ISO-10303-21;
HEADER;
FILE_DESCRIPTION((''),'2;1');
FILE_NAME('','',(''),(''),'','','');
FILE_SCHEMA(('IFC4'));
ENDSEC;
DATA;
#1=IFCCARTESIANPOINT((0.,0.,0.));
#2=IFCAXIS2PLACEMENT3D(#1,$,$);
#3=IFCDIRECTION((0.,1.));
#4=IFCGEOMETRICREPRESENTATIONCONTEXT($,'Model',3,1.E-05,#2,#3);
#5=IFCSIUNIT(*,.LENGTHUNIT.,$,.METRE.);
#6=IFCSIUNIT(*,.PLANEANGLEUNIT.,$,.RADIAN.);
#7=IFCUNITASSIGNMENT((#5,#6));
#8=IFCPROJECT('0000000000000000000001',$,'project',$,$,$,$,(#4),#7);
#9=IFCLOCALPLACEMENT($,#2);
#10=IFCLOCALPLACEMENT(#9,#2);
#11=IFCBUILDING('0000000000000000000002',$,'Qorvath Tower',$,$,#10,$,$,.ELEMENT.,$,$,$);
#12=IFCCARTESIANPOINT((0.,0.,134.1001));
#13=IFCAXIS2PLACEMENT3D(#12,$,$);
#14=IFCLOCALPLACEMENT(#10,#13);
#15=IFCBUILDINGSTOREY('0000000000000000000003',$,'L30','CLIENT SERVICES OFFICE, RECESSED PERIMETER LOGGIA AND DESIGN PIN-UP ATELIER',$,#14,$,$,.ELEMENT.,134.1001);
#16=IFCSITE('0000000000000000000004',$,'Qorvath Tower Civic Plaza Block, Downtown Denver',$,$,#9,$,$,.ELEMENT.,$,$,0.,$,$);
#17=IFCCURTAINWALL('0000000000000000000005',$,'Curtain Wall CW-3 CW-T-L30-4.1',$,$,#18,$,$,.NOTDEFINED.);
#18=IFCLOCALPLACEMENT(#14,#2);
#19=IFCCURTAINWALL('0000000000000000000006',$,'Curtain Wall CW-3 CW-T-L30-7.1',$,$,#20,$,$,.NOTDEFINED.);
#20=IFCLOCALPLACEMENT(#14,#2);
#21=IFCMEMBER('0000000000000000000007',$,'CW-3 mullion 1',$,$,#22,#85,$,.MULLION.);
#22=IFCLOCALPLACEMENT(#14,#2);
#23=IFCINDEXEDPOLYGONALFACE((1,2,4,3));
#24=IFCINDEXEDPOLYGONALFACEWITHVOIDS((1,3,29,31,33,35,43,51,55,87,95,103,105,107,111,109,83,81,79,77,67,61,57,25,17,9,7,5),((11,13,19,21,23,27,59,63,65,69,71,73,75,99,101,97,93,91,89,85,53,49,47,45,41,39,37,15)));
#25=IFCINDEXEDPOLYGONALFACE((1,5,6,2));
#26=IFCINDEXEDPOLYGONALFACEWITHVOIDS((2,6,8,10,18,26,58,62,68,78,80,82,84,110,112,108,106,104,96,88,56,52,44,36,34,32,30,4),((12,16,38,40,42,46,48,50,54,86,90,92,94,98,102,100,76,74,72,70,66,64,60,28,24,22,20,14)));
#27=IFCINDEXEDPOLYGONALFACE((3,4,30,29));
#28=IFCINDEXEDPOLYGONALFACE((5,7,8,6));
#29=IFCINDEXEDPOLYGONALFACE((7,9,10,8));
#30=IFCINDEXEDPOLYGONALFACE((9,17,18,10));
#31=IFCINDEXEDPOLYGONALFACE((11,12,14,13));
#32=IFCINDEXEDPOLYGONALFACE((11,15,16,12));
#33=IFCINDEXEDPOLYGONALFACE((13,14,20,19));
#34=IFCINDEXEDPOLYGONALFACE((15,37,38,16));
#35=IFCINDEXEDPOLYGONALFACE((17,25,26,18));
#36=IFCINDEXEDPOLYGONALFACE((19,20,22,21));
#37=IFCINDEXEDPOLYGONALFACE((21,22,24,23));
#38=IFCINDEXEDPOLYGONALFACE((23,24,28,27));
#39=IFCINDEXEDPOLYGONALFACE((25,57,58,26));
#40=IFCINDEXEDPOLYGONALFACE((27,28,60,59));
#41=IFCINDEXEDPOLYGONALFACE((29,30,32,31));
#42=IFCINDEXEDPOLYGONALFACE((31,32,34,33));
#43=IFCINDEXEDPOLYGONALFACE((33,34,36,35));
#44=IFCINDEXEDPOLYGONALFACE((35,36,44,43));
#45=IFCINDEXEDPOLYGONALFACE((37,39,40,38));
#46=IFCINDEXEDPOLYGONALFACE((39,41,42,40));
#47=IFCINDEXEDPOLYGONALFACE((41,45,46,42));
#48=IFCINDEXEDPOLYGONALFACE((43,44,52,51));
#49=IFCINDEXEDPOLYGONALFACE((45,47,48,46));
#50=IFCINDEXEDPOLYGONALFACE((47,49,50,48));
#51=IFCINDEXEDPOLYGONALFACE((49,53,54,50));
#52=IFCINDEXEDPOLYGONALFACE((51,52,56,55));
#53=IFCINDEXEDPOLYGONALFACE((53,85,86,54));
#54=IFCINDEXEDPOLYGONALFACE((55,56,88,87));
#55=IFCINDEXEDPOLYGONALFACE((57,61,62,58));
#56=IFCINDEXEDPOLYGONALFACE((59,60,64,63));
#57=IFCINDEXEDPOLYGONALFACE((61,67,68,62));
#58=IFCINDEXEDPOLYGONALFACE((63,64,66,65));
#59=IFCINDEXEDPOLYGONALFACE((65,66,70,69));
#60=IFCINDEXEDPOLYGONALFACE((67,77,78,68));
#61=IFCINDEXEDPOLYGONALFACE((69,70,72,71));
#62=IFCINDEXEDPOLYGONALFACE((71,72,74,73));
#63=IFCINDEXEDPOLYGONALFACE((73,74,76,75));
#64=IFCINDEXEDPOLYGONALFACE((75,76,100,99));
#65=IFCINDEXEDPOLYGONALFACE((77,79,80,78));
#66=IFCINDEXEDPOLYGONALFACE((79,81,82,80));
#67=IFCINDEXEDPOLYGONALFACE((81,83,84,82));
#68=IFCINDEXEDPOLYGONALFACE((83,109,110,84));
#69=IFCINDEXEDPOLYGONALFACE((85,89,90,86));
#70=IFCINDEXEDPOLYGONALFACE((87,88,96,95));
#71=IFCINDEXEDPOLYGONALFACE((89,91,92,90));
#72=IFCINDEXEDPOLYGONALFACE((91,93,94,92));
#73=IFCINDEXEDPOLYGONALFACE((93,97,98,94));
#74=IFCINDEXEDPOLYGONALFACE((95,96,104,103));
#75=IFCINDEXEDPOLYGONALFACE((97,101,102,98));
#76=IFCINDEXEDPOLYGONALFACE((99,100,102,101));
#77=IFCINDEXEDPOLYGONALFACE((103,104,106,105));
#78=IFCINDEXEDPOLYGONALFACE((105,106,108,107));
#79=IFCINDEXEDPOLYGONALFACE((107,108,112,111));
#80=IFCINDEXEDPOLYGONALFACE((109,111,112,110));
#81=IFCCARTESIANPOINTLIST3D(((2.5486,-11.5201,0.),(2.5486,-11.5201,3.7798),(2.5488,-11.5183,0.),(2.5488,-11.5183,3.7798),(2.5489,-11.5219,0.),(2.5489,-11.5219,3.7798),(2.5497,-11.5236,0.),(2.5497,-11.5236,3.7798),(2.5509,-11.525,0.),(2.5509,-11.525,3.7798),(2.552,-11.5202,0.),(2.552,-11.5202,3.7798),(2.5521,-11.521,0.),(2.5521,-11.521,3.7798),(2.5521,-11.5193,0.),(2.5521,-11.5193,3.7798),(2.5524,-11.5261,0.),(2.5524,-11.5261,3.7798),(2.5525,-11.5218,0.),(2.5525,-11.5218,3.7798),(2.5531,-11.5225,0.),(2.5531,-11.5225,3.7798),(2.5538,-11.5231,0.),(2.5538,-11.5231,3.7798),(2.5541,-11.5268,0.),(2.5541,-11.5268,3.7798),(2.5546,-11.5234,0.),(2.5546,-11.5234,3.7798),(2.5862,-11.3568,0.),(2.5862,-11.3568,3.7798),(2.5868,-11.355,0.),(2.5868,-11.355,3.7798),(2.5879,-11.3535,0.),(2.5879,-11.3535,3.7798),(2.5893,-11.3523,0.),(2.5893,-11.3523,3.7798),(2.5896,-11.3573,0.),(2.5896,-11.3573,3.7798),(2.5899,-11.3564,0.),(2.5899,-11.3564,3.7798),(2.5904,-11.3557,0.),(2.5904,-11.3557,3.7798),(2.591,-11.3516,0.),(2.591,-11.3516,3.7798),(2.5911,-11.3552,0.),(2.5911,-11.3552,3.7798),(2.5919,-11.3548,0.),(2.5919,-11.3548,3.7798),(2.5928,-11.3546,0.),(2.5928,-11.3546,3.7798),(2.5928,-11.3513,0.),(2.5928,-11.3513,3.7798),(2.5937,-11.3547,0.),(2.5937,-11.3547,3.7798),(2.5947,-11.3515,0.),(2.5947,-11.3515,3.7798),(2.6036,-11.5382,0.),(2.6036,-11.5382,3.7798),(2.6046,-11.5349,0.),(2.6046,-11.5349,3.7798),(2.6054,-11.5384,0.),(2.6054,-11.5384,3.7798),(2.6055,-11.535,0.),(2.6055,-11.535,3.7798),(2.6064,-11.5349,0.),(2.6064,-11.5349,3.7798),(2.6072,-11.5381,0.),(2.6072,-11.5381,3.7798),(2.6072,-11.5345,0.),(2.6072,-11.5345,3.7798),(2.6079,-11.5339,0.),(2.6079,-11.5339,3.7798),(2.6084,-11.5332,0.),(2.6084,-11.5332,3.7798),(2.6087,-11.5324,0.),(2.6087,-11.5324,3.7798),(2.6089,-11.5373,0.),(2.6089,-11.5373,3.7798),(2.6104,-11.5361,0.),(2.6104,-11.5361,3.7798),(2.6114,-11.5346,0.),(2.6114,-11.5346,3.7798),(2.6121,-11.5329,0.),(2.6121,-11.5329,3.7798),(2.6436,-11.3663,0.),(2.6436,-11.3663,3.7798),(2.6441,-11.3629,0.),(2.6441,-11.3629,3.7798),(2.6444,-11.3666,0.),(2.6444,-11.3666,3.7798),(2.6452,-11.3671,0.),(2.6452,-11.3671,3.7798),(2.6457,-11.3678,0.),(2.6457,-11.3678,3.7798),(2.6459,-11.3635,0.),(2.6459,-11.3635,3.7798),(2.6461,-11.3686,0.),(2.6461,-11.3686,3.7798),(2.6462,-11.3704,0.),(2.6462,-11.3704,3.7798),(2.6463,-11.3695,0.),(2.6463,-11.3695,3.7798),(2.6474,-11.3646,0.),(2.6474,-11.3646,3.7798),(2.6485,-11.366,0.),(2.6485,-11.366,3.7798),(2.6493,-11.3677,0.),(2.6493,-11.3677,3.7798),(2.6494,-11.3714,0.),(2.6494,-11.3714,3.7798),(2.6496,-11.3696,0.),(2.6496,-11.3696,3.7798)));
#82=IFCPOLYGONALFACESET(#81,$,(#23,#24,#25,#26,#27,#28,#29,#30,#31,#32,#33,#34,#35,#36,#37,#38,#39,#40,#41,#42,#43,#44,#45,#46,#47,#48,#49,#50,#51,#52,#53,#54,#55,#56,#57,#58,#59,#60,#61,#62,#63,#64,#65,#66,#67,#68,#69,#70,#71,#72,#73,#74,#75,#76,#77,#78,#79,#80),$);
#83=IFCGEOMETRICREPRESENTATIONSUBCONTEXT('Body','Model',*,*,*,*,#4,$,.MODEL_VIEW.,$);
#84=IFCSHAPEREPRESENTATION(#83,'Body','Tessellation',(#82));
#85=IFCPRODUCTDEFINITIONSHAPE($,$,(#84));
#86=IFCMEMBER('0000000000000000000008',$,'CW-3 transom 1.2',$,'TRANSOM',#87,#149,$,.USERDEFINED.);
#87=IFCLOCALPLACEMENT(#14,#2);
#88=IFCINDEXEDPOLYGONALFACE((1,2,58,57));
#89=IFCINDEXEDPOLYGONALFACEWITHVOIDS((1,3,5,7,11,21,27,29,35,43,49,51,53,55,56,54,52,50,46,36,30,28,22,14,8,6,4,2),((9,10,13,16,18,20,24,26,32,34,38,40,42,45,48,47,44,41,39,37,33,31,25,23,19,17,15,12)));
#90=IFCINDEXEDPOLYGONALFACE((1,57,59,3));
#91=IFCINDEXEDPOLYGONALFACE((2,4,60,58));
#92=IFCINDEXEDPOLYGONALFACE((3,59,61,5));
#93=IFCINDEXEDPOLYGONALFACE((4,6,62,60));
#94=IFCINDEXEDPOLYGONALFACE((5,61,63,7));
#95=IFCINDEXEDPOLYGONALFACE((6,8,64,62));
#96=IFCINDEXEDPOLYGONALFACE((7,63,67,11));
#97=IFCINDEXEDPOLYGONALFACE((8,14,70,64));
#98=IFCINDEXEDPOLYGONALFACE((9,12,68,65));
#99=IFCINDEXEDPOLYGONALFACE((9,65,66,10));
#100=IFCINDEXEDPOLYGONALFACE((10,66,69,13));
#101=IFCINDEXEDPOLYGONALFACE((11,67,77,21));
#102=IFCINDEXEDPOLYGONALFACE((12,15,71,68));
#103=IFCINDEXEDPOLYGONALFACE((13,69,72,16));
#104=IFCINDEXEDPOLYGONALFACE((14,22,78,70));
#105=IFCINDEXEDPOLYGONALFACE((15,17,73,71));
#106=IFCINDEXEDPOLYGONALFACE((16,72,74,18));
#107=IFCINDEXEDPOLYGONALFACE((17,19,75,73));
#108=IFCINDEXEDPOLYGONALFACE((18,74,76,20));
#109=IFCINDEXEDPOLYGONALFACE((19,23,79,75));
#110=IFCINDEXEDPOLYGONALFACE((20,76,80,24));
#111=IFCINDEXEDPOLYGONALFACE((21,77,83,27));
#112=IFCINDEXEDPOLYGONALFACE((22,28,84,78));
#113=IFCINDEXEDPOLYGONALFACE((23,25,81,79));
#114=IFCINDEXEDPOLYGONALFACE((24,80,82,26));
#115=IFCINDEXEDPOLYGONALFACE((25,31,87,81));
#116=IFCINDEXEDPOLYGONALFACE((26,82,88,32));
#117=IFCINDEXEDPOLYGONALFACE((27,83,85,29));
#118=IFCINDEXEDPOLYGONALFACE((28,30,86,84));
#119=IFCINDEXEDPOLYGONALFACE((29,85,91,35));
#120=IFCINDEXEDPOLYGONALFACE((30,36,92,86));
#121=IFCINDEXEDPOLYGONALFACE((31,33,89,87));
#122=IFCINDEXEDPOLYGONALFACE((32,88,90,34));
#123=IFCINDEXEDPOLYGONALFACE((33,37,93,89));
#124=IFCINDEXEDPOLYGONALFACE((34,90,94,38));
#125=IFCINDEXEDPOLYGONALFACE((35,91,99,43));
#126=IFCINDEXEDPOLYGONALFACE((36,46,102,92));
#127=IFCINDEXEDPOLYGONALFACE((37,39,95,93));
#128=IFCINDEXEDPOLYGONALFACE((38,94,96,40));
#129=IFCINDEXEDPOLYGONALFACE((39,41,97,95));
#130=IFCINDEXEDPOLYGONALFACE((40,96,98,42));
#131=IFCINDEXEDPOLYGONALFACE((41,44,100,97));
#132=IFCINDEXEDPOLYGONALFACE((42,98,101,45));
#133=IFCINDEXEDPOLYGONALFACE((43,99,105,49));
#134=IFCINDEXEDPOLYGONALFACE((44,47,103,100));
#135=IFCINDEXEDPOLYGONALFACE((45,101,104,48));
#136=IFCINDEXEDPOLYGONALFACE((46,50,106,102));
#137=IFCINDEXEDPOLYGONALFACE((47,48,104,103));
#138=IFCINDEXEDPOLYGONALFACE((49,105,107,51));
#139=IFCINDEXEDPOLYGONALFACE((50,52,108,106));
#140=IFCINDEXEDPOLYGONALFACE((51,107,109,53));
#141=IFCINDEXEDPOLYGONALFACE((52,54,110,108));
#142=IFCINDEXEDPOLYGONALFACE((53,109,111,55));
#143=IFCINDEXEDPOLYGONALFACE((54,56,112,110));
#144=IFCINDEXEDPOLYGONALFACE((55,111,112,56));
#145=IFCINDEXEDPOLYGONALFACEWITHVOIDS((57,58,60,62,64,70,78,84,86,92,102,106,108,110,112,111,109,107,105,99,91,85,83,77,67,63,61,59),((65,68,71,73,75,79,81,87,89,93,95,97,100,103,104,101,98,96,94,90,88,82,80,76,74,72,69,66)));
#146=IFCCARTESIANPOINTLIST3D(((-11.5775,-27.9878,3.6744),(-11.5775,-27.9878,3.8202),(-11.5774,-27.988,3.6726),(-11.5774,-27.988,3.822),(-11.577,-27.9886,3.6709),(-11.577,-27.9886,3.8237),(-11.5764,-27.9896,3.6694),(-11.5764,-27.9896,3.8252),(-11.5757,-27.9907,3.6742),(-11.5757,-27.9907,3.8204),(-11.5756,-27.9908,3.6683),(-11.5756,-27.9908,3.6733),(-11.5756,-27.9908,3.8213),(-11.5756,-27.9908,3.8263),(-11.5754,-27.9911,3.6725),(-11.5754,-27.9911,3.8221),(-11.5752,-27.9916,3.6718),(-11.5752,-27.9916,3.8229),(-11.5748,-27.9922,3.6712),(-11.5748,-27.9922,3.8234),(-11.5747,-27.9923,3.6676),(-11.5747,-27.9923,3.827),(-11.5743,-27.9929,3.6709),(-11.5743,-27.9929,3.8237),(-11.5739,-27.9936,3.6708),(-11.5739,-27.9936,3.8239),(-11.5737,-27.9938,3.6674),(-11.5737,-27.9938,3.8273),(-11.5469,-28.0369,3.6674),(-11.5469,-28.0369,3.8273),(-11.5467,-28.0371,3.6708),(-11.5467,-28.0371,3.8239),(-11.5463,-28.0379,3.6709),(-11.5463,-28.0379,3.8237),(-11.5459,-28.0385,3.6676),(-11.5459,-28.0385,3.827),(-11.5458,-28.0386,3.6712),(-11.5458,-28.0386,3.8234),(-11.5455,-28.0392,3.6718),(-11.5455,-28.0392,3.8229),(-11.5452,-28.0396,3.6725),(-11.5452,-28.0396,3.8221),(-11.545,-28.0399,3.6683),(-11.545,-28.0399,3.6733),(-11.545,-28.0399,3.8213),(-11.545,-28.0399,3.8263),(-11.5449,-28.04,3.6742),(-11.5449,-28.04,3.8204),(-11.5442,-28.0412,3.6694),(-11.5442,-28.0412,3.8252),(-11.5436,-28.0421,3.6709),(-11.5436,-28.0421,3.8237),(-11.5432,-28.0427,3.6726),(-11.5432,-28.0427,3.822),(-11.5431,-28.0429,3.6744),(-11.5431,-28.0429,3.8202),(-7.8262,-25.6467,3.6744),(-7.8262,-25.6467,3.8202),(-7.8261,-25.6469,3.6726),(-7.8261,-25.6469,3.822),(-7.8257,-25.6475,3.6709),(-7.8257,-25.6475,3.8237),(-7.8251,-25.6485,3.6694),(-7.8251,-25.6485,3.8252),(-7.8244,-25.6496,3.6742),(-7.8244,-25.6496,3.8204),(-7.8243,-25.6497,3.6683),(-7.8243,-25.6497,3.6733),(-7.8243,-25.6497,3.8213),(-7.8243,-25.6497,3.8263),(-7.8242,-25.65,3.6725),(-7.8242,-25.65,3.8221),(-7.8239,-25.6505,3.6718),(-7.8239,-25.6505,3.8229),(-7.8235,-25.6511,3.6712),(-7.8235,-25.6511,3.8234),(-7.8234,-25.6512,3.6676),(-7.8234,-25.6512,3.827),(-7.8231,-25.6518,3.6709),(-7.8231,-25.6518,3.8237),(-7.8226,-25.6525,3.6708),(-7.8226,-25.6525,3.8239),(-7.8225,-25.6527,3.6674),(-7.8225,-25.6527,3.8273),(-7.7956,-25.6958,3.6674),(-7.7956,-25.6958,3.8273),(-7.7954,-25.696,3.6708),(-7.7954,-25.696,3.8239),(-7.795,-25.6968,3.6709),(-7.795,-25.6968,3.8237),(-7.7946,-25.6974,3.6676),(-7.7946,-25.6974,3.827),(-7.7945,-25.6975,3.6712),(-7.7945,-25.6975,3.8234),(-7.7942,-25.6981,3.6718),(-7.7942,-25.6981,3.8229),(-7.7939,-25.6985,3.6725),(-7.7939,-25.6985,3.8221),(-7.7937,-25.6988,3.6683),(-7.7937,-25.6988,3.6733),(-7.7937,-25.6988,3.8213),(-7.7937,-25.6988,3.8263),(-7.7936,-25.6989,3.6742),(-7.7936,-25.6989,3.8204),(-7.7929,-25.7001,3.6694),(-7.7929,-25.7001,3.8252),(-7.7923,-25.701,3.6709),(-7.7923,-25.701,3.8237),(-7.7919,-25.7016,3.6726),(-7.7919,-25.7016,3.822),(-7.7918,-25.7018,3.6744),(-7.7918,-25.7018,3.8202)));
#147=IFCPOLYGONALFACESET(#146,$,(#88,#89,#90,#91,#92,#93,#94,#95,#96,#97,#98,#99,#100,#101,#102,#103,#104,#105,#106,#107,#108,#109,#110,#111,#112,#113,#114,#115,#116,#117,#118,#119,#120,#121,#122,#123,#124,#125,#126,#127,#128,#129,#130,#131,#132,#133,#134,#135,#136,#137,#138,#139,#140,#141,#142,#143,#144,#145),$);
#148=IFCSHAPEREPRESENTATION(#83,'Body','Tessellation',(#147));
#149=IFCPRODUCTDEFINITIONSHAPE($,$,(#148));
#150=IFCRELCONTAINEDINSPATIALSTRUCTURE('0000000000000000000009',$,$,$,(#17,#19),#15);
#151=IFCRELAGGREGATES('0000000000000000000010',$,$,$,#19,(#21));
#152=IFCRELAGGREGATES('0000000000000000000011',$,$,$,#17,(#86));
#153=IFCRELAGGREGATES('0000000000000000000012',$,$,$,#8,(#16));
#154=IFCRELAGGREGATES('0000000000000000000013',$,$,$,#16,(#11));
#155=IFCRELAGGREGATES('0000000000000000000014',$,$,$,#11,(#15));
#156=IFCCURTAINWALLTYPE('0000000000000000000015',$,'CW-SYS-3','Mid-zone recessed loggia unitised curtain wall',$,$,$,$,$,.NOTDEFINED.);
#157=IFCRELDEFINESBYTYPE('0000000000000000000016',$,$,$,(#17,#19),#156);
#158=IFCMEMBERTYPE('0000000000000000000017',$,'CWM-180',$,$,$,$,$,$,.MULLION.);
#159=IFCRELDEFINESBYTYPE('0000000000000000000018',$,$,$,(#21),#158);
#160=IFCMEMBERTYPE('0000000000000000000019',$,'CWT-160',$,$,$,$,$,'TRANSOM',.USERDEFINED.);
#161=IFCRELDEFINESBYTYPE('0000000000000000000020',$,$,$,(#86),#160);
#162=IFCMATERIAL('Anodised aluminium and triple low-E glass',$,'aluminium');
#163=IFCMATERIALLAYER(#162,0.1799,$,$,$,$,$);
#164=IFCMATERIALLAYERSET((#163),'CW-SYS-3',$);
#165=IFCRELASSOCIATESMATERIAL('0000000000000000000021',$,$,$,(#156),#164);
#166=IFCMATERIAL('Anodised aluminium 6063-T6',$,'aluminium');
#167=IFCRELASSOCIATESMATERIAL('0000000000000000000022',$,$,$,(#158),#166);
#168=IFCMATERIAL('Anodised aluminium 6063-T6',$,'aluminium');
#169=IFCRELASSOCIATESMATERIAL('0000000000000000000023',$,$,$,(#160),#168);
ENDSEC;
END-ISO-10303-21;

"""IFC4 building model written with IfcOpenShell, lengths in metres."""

from ifc_helpers import new_model, si_unit, direction, frame, origin, origin_2d, place, context, subcontext, project, spatial, hollow_rectangle, extrude, material, layer, layer_set, material_profile, profile_set, type_object, element, aggregate, save


model = new_model("IFC4")

# Units and contexts
model_context = context("Model", 3, precision=1e-05, world=origin(), true_north=direction((0.0, 1.0)))
body_context = subcontext(model_context, "Body", "Model", "MODEL_VIEW")
ifc_project = project(units=[si_unit("LENGTHUNIT", "METRE"), si_unit("PLANEANGLEUNIT", "RADIAN")], contexts=[model_context])

# Site, building, storey
site_placement = place(None, origin())
site = spatial("IfcSite", under=ifc_project, at=site_placement, Name="Qorvath Tower Civic Plaza Block, Downtown Denver", CompositionType="ELEMENT", RefElevation=0.0)
building_placement = place(site_placement, origin())
building = spatial("IfcBuilding", under=site, at=building_placement, Name="Qorvath Tower", CompositionType="ELEMENT")
storey_placement = place(building_placement, frame((0.0, 0.0, 134.1001)))
storey = spatial("IfcBuildingStorey", under=building, at=storey_placement, Name="L30", Description="CLIENT SERVICES OFFICE, RECESSED PERIMETER LOGGIA AND DESIGN PIN-UP ATELIER", CompositionType="ELEMENT", Elevation=134.1001)

# Curtain wall
ifc_material_1 = material(Name="Anodised aluminium and triple low-E glass", Category="aluminium")
ifc_layer_1 = layer(ifc_material_1, 0.1799)
ifc_layer_set_1 = layer_set([ifc_layer_1], Name="CW-SYS-3")
curtain_wall_type = type_object("IfcCurtainWallType", Name="CW-SYS-3", Description="Mid-zone recessed loggia unitised curtain wall", PredefinedType="NOTDEFINED", material=ifc_layer_set_1)
curtain_wall_1_placement = place(storey_placement, origin())
curtain_wall_1 = element("IfcCurtainWall", 1, at=curtain_wall_1_placement, inside=storey, type_object=curtain_wall_type, Name="Curtain Wall CW-3 CW-T-L30-4.1", PredefinedType="NOTDEFINED")
ifc_material_2 = material(Name="Anodised aluminium 6063-T6", Category="aluminium")
ifc_material_profile_1 = material_profile(ifc_material_2, hollow_rectangle(XDim=0.0649, YDim=0.1799, WallThickness=0.0034, InnerFilletRadius=0.0034, OuterFilletRadius=0.0071, at=origin_2d()), Name="CWM 180x65")
ifc_profile_set_1 = profile_set([ifc_material_profile_1], Name="Anodised aluminium 6063-T6")
member_type_1 = type_object("IfcMemberType", Name="CWM-180", PredefinedType="MULLION", material=ifc_profile_set_1)

# Curtain wall, member
curtain_wall_2_placement = place(storey_placement, origin())
curtain_wall_2 = element("IfcCurtainWall", 2, at=curtain_wall_2_placement, inside=storey, type_object=curtain_wall_type, Name="Curtain Wall CW-3 CW-T-L30-7.1", PredefinedType="NOTDEFINED")
member_1_placement = place(storey_placement, frame((2.5991, -11.4448, 0.0), z_axis=(0.0, 0.0, 1.0), x_axis=(-0.974262, 0.225417, 0.0)))
member_1 = element("IfcMember", 3, at=member_1_placement, type_object=member_type_1, Name="CW-3 mullion 1", PredefinedType="MULLION", context=body_context, shape_type="SweptSolid", body=[
    extrude(hollow_rectangle(XDim=0.0649, YDim=0.1799, WallThickness=0.0034, InnerFilletRadius=0.0034, OuterFilletRadius=0.0071, at=origin_2d()), origin(), (0.0, 0.0, 1.0), 3.7798),
])

# Member
ifc_material_3 = material(Name="Anodised aluminium 6063-T6", Category="aluminium")
ifc_material_profile_2 = material_profile(ifc_material_3, hollow_rectangle(XDim=0.0649, YDim=0.1599, WallThickness=0.0034, InnerFilletRadius=0.0034, OuterFilletRadius=0.0071, at=origin_2d()), Name="CWT 160x65")
ifc_profile_set_2 = profile_set([ifc_material_profile_2], Name="Anodised aluminium 6063-T6")
member_type_2 = type_object("IfcMemberType", Name="CWT-160", ElementType="TRANSOM", PredefinedType="USERDEFINED", material=ifc_profile_set_2)
member_2_placement = place(storey_placement, frame((-11.5603, -28.0154, 3.7473), z_axis=(0.848349, 0.529438, 0.0), x_axis=(-0.529438, 0.848349, 0.0)))
member_2 = element("IfcMember", 4, at=member_2_placement, type_object=member_type_2, Name="CW-3 transom 1.2", ObjectType="TRANSOM", PredefinedType="USERDEFINED", context=body_context, shape_type="SweptSolid", body=[
    extrude(hollow_rectangle(XDim=0.0649, YDim=0.1599, WallThickness=0.0034, InnerFilletRadius=0.0034, OuterFilletRadius=0.0071, at=origin_2d()), origin(), (0.0, 0.0, 1.0), 4.4219),
])
aggregate(curtain_wall_2, [member_1])

aggregate(curtain_wall_1, [member_2])

save(model, "model.ifc")
